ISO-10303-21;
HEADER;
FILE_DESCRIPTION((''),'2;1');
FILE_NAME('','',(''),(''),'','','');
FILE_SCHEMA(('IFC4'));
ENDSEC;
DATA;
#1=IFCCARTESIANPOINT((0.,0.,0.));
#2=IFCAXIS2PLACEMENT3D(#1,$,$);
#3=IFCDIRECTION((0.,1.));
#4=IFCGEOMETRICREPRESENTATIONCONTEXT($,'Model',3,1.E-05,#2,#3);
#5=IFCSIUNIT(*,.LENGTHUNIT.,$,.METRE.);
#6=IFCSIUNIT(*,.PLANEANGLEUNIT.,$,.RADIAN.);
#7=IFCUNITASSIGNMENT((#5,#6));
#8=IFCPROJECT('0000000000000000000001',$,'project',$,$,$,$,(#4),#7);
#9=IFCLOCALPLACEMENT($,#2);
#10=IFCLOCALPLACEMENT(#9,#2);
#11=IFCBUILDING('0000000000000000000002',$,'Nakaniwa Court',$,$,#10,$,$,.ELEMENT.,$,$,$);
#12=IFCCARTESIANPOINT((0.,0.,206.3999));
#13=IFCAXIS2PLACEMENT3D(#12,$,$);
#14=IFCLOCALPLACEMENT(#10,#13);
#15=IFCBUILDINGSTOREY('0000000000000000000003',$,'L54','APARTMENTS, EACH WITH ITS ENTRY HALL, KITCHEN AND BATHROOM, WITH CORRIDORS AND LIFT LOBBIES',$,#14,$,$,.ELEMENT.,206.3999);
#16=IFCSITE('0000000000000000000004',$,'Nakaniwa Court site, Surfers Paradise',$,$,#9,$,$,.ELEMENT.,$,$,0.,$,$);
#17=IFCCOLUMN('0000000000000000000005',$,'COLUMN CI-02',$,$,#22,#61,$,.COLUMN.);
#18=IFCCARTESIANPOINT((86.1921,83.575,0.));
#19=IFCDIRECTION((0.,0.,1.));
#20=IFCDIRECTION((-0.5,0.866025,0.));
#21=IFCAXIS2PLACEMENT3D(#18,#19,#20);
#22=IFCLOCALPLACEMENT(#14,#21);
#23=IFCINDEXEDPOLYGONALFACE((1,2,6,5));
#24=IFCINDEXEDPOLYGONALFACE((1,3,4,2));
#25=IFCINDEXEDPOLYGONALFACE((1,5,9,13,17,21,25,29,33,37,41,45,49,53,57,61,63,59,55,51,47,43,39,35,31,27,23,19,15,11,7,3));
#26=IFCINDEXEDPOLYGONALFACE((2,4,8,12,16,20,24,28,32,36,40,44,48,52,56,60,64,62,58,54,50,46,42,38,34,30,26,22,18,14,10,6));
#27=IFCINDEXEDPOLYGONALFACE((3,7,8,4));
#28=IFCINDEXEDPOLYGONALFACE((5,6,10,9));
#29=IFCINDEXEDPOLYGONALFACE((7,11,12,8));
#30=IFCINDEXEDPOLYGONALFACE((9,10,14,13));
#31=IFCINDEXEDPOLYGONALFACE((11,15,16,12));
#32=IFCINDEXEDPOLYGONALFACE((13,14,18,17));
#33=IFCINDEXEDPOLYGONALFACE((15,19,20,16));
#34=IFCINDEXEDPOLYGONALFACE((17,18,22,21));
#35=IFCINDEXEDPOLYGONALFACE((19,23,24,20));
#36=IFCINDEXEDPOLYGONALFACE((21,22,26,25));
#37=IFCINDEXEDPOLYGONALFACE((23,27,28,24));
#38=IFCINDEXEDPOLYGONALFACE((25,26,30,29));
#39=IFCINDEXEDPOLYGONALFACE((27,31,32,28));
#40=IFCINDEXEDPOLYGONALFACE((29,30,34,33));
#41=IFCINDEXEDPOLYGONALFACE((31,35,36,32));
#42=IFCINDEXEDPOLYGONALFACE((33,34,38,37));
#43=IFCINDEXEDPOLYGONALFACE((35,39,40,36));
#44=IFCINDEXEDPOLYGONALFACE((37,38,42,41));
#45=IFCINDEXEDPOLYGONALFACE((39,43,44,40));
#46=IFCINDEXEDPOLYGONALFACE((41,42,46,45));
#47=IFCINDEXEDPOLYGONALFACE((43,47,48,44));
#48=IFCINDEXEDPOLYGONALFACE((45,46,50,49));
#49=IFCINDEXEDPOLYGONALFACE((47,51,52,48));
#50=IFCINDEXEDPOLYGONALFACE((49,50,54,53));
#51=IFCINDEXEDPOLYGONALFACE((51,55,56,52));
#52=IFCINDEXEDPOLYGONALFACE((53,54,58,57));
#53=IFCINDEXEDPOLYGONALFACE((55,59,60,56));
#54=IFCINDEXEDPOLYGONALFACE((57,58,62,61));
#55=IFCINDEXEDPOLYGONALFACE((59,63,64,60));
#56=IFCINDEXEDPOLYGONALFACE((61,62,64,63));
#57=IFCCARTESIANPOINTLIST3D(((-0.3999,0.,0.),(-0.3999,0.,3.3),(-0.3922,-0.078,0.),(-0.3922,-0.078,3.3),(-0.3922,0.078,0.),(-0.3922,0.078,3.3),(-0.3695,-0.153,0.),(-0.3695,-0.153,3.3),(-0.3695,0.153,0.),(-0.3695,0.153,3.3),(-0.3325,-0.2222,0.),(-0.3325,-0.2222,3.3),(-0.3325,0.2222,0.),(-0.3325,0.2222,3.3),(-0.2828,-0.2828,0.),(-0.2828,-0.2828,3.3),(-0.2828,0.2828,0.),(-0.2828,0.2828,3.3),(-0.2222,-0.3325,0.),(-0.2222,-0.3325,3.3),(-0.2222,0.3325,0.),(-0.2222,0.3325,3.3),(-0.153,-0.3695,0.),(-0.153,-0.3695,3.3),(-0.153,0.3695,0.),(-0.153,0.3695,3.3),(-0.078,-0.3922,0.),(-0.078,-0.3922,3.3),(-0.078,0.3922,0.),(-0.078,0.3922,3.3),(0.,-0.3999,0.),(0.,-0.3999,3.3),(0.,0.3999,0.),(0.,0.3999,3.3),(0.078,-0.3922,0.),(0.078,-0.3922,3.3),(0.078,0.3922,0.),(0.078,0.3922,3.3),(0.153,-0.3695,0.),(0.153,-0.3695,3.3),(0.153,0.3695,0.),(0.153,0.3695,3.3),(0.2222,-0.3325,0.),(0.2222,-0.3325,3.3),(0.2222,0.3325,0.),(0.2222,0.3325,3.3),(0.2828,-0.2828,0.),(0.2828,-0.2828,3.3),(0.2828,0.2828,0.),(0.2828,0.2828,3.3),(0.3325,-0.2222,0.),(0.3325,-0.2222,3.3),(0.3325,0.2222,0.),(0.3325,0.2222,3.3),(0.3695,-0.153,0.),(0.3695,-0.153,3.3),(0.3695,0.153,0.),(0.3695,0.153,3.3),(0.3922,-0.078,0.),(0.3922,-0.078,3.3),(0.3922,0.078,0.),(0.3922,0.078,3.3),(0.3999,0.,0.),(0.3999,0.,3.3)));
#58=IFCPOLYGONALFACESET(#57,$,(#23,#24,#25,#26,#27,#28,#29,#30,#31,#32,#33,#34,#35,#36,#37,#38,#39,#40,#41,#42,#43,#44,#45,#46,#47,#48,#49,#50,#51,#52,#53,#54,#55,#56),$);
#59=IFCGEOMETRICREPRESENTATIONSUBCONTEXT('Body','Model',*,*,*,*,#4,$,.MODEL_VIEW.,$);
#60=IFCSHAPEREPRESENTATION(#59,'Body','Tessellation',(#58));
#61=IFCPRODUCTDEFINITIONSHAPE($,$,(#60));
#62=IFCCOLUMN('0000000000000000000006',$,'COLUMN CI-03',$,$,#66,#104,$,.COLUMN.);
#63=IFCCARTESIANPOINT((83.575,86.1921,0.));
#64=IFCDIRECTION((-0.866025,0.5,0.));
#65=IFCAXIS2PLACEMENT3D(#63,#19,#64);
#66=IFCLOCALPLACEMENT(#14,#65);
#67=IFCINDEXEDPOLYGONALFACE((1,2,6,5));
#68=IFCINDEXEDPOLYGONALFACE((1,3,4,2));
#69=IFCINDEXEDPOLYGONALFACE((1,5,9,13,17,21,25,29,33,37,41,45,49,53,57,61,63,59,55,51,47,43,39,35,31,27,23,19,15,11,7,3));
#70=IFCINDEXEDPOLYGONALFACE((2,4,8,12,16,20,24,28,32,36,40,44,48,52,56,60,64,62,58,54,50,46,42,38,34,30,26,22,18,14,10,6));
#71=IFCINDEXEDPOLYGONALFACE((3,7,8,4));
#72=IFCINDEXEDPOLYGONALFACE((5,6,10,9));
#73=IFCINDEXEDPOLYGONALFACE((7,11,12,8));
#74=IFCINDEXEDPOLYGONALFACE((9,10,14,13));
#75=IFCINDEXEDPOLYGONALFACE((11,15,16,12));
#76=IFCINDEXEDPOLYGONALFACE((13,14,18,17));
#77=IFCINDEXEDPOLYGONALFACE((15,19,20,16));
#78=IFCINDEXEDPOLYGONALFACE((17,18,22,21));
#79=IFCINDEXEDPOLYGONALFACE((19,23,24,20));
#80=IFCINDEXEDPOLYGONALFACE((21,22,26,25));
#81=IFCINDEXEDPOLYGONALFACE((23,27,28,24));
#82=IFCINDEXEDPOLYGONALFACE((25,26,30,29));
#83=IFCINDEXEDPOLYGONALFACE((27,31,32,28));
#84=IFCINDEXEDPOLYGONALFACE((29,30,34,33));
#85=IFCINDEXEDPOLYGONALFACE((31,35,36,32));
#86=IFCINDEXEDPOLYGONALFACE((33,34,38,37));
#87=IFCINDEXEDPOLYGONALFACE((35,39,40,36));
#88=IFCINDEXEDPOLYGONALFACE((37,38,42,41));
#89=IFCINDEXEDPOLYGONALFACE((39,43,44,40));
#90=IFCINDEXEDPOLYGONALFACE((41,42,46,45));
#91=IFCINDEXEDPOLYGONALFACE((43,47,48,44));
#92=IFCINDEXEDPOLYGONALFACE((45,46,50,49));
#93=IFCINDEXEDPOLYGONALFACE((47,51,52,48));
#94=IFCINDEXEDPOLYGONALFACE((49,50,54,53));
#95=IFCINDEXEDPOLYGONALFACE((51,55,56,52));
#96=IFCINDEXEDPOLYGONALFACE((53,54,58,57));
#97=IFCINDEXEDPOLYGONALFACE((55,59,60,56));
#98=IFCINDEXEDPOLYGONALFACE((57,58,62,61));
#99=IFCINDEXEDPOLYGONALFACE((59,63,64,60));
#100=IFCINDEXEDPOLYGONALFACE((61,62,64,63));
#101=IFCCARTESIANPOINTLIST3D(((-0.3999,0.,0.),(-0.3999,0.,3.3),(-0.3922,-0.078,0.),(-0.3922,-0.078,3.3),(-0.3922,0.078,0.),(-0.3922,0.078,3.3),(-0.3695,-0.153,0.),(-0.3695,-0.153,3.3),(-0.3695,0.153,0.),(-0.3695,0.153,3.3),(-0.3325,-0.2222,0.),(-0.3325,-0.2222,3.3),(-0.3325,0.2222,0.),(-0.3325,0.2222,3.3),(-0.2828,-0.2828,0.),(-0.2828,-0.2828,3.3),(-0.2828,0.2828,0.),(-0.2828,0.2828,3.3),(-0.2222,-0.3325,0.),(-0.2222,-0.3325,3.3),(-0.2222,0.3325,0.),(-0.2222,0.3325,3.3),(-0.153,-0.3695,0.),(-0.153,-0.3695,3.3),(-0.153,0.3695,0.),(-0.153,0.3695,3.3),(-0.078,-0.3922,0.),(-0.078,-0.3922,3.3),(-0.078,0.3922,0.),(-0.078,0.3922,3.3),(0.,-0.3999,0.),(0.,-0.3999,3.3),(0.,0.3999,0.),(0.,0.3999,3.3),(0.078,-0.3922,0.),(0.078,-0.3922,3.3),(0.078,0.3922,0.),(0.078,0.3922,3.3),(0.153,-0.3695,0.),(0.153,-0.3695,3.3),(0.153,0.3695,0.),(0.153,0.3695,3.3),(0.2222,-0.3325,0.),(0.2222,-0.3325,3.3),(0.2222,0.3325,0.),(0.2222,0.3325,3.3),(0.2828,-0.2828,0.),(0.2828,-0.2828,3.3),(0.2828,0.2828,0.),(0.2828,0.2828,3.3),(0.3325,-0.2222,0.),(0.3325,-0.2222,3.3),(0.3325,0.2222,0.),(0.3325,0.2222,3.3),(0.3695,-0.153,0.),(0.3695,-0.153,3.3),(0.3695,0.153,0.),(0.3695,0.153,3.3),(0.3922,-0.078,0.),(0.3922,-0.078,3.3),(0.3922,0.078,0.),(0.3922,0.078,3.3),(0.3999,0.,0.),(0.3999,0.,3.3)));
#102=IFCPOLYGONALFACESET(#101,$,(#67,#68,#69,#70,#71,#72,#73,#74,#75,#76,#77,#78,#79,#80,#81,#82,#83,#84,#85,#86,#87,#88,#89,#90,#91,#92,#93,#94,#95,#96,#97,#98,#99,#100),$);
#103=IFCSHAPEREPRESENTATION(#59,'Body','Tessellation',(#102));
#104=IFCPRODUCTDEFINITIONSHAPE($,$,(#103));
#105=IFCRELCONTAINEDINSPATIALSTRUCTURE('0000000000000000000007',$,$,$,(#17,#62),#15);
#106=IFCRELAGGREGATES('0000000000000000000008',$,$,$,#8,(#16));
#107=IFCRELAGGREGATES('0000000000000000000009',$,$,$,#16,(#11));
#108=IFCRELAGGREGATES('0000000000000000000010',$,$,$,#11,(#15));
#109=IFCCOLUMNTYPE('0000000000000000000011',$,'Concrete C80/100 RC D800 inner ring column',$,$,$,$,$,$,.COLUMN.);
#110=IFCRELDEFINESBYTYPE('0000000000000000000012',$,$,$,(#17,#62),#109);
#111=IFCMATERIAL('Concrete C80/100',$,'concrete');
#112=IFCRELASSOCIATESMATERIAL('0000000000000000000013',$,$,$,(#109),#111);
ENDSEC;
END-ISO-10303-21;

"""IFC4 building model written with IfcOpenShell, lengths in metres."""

from ifc_helpers import new_model, si_unit, direction, frame, origin, origin_2d, place, context, subcontext, project, spatial, circle, extrude, material, material_profile, profile_set, type_object, element, save


model = new_model("IFC4")

# Units and contexts
model_context = context("Model", 3, precision=1e-05, world=origin(), true_north=direction((0.0, 1.0)))
body_context = subcontext(model_context, "Body", "Model", "MODEL_VIEW")
ifc_project = project(units=[si_unit("LENGTHUNIT", "METRE"), si_unit("PLANEANGLEUNIT", "RADIAN")], contexts=[model_context])

# Site, building, storey
site_placement = place(None, origin())
site = spatial("IfcSite", under=ifc_project, at=site_placement, Name="Nakaniwa Court site, Surfers Paradise", CompositionType="ELEMENT", RefElevation=0.0)
building_placement = place(site_placement, origin())
building = spatial("IfcBuilding", under=site, at=building_placement, Name="Nakaniwa Court", CompositionType="ELEMENT")
storey_placement = place(building_placement, frame((0.0, 0.0, 206.3999)))
storey = spatial("IfcBuildingStorey", under=building, at=storey_placement, Name="L54", Description="APARTMENTS, EACH WITH ITS ENTRY HALL, KITCHEN AND BATHROOM, WITH CORRIDORS AND LIFT LOBBIES", CompositionType="ELEMENT", Elevation=206.3999)

# Columns
ifc_material_1 = material(Name="Concrete C80/100", Category="concrete")
ifc_material_profile_1 = material_profile(ifc_material_1, circle(Radius=0.3999, at=origin_2d()), Name="Concrete C80/100 RC D800 inner ring column")
ifc_profile_set_1 = profile_set([ifc_material_profile_1], Name="Concrete C80/100")
column_type = type_object("IfcColumnType", Name="Concrete C80/100 RC D800 inner ring column", PredefinedType="COLUMN", material=ifc_profile_set_1)
for number, where, z_axis, x_axis, name in (
    (1, (86.1921, 83.575, 0.0), (0.0, 0.0, 1.0), (-0.5, 0.866025, 0.0), "COLUMN CI-02"),
    (2, (83.575, 86.1921, 0.0), (0.0, 0.0, 1.0), (-0.866025, 0.5, 0.0), "COLUMN CI-03"),
):
    element("IfcColumn", number, at=place(storey_placement, frame(where, z_axis=z_axis, x_axis=x_axis)), inside=storey, type_object=column_type, Name=name, PredefinedType="COLUMN", context=body_context, shape_type="SweptSolid", body=[
        extrude(circle(Radius=0.3999, at=origin_2d()), origin(), (0.0, 0.0, 1.0), 3.3),
    ])

save(model, "model.ifc")
